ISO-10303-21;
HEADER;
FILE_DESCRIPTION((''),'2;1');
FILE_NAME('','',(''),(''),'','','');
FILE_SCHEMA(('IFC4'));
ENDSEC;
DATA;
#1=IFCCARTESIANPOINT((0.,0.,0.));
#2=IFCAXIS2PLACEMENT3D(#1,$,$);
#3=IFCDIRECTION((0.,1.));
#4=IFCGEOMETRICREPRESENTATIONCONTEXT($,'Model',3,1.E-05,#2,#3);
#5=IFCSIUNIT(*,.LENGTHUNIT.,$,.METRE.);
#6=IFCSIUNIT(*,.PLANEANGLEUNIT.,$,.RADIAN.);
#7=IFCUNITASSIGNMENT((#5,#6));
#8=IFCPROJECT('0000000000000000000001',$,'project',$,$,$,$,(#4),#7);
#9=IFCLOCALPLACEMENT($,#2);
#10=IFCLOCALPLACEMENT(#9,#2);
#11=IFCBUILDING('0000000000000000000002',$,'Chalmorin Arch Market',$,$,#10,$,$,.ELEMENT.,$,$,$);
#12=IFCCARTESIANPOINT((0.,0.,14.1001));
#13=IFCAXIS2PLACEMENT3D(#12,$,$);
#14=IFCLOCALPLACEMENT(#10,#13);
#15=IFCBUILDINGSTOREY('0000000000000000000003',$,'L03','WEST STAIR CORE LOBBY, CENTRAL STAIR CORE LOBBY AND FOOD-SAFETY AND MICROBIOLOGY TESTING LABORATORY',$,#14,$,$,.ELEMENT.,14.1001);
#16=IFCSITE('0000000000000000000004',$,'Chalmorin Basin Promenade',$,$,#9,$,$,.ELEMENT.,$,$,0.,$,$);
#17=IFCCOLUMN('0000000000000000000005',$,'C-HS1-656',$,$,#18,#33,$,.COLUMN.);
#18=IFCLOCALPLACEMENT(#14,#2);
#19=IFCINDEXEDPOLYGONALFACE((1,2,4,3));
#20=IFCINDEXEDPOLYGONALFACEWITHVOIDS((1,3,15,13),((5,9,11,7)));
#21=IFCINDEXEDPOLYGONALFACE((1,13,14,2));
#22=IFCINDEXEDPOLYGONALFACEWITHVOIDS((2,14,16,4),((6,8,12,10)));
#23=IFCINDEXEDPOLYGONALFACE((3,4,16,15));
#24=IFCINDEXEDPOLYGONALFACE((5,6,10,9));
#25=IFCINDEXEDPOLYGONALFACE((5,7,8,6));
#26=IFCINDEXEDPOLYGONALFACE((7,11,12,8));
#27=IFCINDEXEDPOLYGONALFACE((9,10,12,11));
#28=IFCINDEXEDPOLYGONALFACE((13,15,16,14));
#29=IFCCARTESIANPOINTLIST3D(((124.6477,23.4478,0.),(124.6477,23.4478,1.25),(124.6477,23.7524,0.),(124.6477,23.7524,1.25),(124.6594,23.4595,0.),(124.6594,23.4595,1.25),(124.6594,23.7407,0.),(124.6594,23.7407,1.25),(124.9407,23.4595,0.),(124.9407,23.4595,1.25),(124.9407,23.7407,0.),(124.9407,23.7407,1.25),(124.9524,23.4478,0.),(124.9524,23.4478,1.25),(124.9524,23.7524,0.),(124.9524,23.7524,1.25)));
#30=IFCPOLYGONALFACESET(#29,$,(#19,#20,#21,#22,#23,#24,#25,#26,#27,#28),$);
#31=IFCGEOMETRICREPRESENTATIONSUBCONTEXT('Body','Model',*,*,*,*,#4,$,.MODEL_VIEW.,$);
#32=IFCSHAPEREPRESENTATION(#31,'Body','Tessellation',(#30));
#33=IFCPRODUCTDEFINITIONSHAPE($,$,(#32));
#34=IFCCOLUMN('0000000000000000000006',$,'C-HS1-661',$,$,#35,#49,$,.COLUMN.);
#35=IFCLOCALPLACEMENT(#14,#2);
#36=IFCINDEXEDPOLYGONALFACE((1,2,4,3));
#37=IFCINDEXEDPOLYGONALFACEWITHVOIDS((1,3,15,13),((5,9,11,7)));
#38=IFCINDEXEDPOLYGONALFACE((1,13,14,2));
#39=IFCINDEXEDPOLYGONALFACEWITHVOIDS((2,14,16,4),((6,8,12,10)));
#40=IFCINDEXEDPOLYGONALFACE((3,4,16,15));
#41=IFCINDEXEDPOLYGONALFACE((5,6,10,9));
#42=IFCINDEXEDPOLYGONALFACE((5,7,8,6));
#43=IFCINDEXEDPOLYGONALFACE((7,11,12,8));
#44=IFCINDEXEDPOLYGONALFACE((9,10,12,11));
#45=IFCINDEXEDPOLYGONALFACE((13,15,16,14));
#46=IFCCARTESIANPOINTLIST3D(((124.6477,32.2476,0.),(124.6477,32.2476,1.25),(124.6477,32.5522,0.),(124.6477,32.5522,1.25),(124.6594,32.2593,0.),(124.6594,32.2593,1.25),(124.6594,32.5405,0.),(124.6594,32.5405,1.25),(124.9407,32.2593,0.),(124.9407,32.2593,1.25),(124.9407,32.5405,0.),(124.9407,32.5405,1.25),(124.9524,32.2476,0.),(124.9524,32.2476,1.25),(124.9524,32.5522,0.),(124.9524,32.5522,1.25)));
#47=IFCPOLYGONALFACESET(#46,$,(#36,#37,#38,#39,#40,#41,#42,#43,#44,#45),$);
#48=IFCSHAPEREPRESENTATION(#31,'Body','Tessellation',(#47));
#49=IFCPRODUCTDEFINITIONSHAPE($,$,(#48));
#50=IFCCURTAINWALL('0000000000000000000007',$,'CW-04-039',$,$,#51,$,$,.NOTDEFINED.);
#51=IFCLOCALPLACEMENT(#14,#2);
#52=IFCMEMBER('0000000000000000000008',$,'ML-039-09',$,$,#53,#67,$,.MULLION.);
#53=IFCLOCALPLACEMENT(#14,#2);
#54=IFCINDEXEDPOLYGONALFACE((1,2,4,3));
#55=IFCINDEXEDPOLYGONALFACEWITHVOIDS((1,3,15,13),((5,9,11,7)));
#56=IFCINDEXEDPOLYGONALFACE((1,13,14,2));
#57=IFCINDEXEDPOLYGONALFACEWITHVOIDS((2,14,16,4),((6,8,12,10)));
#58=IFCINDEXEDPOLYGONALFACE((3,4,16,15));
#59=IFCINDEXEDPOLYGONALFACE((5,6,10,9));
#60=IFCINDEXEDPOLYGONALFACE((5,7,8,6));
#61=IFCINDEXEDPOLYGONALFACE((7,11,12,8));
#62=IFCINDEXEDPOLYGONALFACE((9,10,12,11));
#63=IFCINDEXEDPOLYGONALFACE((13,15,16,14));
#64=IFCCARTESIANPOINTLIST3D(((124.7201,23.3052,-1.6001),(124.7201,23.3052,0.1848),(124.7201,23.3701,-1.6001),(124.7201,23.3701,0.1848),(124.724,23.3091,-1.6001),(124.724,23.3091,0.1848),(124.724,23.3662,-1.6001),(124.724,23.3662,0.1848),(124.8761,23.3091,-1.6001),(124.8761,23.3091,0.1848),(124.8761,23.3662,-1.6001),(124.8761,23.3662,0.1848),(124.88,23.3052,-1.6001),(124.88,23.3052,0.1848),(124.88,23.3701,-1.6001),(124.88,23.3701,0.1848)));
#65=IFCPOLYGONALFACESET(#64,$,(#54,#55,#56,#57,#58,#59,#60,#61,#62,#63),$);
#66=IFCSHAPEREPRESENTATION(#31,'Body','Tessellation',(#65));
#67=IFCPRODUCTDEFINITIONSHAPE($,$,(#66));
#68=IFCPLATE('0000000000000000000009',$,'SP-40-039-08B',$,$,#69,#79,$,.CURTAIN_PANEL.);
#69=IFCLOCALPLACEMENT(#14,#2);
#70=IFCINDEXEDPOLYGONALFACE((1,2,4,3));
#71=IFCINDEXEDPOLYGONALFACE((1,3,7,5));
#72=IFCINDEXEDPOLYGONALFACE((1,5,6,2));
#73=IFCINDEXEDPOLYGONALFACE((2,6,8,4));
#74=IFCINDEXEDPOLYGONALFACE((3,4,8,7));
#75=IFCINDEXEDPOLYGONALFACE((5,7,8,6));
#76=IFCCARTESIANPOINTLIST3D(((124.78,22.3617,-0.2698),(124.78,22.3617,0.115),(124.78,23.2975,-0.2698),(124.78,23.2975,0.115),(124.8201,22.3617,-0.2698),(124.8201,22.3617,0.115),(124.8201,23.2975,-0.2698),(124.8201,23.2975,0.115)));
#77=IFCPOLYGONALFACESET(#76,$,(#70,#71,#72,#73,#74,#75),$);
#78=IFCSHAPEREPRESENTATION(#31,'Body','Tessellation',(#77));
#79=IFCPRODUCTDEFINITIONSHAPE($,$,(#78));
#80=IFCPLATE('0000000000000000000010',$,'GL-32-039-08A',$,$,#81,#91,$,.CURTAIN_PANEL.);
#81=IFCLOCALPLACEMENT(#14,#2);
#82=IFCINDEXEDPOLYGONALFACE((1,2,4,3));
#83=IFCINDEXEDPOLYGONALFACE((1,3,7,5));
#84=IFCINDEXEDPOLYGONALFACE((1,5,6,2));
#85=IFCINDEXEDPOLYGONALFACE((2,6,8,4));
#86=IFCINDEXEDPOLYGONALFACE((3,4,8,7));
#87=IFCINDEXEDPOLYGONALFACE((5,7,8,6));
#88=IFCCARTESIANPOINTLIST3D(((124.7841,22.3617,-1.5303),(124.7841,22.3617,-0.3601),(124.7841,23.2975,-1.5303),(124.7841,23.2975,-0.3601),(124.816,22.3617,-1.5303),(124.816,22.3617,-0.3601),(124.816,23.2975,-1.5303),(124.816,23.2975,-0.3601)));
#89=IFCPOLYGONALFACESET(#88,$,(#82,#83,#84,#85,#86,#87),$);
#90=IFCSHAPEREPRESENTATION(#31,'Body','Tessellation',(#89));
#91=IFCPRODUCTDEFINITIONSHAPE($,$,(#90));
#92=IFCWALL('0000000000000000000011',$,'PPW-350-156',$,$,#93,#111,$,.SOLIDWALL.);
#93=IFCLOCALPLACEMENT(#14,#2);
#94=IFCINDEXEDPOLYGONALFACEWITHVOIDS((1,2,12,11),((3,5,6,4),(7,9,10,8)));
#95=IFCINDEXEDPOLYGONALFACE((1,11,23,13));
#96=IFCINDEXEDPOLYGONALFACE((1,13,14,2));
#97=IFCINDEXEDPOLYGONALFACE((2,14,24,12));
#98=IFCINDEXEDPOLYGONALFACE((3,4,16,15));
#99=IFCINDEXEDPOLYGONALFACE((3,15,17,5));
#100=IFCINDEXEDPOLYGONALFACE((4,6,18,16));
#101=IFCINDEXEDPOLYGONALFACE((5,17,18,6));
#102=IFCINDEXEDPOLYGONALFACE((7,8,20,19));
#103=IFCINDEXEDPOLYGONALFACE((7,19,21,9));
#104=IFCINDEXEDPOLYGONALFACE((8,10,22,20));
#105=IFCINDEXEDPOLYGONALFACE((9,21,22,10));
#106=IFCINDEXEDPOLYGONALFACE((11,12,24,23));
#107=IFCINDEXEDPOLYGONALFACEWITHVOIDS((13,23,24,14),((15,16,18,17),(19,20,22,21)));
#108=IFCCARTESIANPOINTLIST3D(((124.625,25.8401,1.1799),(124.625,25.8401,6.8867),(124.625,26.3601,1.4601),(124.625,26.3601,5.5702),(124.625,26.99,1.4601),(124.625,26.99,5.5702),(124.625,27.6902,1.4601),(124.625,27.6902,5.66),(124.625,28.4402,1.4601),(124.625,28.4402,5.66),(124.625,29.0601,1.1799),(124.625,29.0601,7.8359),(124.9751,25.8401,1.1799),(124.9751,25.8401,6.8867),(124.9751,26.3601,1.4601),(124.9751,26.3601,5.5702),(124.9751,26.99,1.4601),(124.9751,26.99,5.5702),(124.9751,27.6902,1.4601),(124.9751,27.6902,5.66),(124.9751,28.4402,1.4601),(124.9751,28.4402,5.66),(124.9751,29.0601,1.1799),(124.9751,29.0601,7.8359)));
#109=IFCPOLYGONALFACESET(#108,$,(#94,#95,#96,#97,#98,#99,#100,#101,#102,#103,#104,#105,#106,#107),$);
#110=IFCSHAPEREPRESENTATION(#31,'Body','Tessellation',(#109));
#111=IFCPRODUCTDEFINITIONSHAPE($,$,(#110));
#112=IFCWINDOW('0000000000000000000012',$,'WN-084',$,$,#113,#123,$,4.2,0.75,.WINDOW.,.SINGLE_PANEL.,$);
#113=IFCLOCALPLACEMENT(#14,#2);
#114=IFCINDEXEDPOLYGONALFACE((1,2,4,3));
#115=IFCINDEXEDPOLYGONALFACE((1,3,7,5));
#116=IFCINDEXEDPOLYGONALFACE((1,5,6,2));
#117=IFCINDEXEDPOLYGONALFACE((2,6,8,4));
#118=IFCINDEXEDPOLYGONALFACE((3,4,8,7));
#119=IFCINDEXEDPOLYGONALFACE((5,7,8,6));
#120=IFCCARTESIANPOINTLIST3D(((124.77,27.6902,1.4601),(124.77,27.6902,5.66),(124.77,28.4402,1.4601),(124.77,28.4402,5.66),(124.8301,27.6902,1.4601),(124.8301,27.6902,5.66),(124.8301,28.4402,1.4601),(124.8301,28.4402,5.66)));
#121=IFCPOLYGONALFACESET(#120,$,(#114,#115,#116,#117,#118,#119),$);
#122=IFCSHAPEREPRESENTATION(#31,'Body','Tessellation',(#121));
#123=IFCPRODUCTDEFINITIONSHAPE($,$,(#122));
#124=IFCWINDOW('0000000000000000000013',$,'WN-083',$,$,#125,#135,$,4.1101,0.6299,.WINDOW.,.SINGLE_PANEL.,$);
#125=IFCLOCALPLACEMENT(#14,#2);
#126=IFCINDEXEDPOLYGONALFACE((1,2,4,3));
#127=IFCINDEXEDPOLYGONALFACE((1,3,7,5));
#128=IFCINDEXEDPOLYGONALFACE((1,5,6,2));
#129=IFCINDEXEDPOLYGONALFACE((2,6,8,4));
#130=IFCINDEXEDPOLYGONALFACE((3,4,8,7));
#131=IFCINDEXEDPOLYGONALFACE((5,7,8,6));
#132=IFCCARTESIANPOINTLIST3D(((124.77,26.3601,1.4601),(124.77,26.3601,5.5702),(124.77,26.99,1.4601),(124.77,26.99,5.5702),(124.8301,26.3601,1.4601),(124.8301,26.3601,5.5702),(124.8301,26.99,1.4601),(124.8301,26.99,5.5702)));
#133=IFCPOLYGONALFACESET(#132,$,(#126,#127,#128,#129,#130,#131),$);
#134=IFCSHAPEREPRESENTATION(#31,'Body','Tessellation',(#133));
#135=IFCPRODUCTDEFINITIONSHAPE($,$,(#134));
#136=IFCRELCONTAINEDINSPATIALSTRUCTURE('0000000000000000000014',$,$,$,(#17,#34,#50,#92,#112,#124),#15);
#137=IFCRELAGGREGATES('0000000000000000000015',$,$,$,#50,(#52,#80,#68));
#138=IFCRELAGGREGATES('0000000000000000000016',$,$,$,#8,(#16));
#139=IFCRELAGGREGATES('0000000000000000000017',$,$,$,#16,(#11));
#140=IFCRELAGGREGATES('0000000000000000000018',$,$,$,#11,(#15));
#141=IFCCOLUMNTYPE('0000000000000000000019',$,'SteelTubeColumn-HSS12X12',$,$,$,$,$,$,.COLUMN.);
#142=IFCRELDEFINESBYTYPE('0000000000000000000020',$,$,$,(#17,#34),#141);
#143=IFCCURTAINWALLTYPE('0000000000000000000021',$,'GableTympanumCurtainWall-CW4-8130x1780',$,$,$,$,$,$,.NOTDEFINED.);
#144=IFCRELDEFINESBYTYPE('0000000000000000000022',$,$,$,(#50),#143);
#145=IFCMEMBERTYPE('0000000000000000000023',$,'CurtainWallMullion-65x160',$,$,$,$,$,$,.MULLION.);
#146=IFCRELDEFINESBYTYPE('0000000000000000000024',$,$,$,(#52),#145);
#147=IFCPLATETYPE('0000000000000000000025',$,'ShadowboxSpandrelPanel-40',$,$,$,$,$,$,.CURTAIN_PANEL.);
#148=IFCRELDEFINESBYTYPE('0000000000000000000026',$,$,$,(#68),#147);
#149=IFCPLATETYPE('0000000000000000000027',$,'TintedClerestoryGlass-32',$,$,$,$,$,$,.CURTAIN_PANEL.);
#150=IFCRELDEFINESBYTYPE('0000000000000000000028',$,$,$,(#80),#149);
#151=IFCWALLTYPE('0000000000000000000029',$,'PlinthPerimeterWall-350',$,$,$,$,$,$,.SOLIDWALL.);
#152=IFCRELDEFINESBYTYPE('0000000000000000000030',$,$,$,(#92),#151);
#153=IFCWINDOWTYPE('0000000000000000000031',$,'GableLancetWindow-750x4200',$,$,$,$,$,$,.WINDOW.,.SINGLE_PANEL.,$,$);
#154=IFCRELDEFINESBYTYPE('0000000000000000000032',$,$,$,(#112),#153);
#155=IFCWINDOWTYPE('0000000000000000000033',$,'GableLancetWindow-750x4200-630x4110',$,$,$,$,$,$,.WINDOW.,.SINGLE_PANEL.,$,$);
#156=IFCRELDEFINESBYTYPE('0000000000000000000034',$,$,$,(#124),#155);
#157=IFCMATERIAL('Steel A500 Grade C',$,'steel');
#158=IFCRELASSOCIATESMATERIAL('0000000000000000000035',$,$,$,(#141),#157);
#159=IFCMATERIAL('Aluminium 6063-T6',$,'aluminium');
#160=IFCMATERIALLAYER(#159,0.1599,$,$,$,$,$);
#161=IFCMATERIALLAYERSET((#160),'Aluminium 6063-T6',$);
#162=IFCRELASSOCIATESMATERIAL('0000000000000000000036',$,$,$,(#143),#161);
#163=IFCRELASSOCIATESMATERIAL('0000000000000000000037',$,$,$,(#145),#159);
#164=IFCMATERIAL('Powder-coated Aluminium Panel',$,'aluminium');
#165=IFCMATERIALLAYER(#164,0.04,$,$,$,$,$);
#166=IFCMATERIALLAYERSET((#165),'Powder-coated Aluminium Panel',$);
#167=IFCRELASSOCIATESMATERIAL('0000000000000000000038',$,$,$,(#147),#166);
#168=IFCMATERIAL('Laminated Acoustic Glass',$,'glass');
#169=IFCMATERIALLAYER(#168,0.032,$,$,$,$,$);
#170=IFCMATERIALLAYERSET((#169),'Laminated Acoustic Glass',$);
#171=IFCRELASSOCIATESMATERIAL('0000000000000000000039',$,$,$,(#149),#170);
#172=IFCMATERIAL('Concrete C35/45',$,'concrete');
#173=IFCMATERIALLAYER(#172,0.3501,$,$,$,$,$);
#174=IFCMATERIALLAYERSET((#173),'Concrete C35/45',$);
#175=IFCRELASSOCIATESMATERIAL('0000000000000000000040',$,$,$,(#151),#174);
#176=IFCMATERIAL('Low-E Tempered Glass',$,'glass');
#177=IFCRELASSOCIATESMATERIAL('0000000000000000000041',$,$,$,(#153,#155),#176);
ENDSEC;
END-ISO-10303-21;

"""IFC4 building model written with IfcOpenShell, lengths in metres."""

from ifc_helpers import new_model, si_unit, direction, frame, frame_2d, origin, origin_2d, place, context, subcontext, project, spatial, polyline, rectangle, hollow_rectangle, outline, extrude, material, layer, layer_set, material_profile, profile_set, type_object, element, fill, aggregate, save


model = new_model("IFC4")

# Units and contexts
model_context = context("Model", 3, precision=1e-05, world=origin(), true_north=direction((0.0, 1.0)))
body_context = subcontext(model_context, "Body", "Model", "MODEL_VIEW")
ifc_project = project(units=[si_unit("LENGTHUNIT", "METRE"), si_unit("PLANEANGLEUNIT", "RADIAN")], contexts=[model_context])

# Site, building, storey
site_placement = place(None, origin())
site = spatial("IfcSite", under=ifc_project, at=site_placement, Name="Chalmorin Basin Promenade", CompositionType="ELEMENT", RefElevation=0.0)
building_placement = place(site_placement, origin())
building = spatial("IfcBuilding", under=site, at=building_placement, Name="Chalmorin Arch Market", CompositionType="ELEMENT")
storey_placement = place(building_placement, frame((0.0, 0.0, 14.1001)))
storey = spatial("IfcBuildingStorey", under=building, at=storey_placement, Name="L03", Description="WEST STAIR CORE LOBBY, CENTRAL STAIR CORE LOBBY AND FOOD-SAFETY AND MICROBIOLOGY TESTING LABORATORY", CompositionType="ELEMENT", Elevation=14.1001)

# Columns
ifc_material_1 = material(Name="Steel A500 Grade C", Category="steel")
ifc_material_profile_1 = material_profile(ifc_material_1, hollow_rectangle(XDim=0.3047, YDim=0.3047, WallThickness=0.0117, at=origin_2d()), Name="HSS12X12X1/2")
ifc_profile_set_1 = profile_set([ifc_material_profile_1], Name="Steel A500 Grade C")
column_type = type_object("IfcColumnType", Name="SteelTubeColumn-HSS12X12", PredefinedType="COLUMN", material=ifc_profile_set_1)
for number, where, z_axis, x_axis, name in (
    (1, (124.8, 23.6001, 0.0), (0.0, 0.0, 1.0), (1.0, 0.0, 0.0), "C-HS1-656"),
    (2, (124.8, 32.3999, 0.0), (0.0, 0.0, 1.0), (1.0, 0.0, 0.0), "C-HS1-661"),
):
    element("IfcColumn", number, at=place(storey_placement, frame(where, z_axis=z_axis, x_axis=x_axis)), inside=storey, type_object=column_type, Name=name, PredefinedType="COLUMN", context=body_context, shape_type="SweptSolid", body=[
        extrude(hollow_rectangle(XDim=0.3047, YDim=0.3047, WallThickness=0.0117, at=origin_2d()), origin(), (0.0, 0.0, 1.0), 1.25),
    ])

# Curtain wall, member, plates
ifc_material_2 = material(Name="Aluminium 6063-T6", Category="aluminium")
ifc_layer_1 = layer(ifc_material_2, 0.1599)
ifc_layer_set_1 = layer_set([ifc_layer_1], Name="Aluminium 6063-T6")
curtain_wall_type = type_object("IfcCurtainWallType", Name="GableTympanumCurtainWall-CW4-8130x1780", PredefinedType="NOTDEFINED", material=ifc_layer_set_1)
curtain_wall_placement = place(storey_placement, origin())
curtain_wall = element("IfcCurtainWall", 3, at=curtain_wall_placement, inside=storey, type_object=curtain_wall_type, Name="CW-04-039", PredefinedType="NOTDEFINED")
ifc_material_profile_2 = material_profile(ifc_material_2, hollow_rectangle(XDim=0.0649, YDim=0.1599, WallThickness=0.0039, at=origin_2d()), Name="ALU65X160X4")
ifc_profile_set_2 = profile_set([ifc_material_profile_2], Name="Aluminium 6063-T6")
member_type = type_object("IfcMemberType", Name="CurtainWallMullion-65x160", PredefinedType="MULLION", material=ifc_profile_set_2)
member_placement = place(storey_placement, frame((124.8, 23.3376, -1.6001), z_axis=(0.0, 0.0, 1.0), x_axis=(0.0, 1.0, 0.0)))
member = element("IfcMember", 4, at=member_placement, type_object=member_type, Name="ML-039-09", PredefinedType="MULLION", context=body_context, shape_type="SweptSolid", body=[
    extrude(hollow_rectangle(XDim=0.0649, YDim=0.1599, WallThickness=0.0039, at=origin_2d()), origin(), (0.0, 0.0, 1.0), 1.7849),
])
ifc_material_3 = material(Name="Powder-coated Aluminium Panel", Category="aluminium")
ifc_layer_2 = layer(ifc_material_3, 0.04)
ifc_layer_set_2 = layer_set([ifc_layer_2], Name="Powder-coated Aluminium Panel")
plate_type_1 = type_object("IfcPlateType", Name="ShadowboxSpandrelPanel-40", PredefinedType="CURTAIN_PANEL", material=ifc_layer_set_2)
plate_1_placement = place(storey_placement, frame((124.8, 22.8296, -0.2698), z_axis=(0.0, 0.0, 1.0), x_axis=(0.0, 1.0, 0.0)))
plate_1 = element("IfcPlate", 5, at=plate_1_placement, type_object=plate_type_1, Name="SP-40-039-08B", PredefinedType="CURTAIN_PANEL", context=body_context, shape_type="SweptSolid", body=[
    extrude(rectangle(XDim=0.9358, YDim=0.04, at=origin_2d()), origin(), (0.0, 0.0, 1.0), 0.3848),
])
ifc_material_4 = material(Name="Laminated Acoustic Glass", Category="glass")
ifc_layer_3 = layer(ifc_material_4, 0.032)
ifc_layer_set_3 = layer_set([ifc_layer_3], Name="Laminated Acoustic Glass")
plate_type_2 = type_object("IfcPlateType", Name="TintedClerestoryGlass-32", PredefinedType="CURTAIN_PANEL", material=ifc_layer_set_3)
plate_2_placement = place(storey_placement, frame((124.8, 22.8296, -1.5303), z_axis=(0.0, 0.0, 1.0), x_axis=(0.0, 1.0, 0.0)))
plate_2 = element("IfcPlate", 6, at=plate_2_placement, type_object=plate_type_2, Name="GL-32-039-08A", PredefinedType="CURTAIN_PANEL", context=body_context, shape_type="SweptSolid", body=[
    extrude(rectangle(XDim=0.9358, YDim=0.032, at=origin_2d()), origin(), (0.0, 0.0, 1.0), 1.1702),
])
aggregate(curtain_wall, [member, plate_2, plate_1])

# Wall, openings, windows
ifc_material_5 = material(Name="Concrete C35/45", Category="concrete")
ifc_layer_4 = layer(ifc_material_5, 0.3501)
ifc_layer_set_4 = layer_set([ifc_layer_4], Name="Concrete C35/45")
wall_type = type_object("IfcWallType", Name="PlinthPerimeterWall-350", PredefinedType="SOLIDWALL", material=ifc_layer_set_4)
wall_1_placement = place(storey_placement, frame((124.8, 25.8401, 1.1799), z_axis=(0.0, 0.0, 1.0), x_axis=(0.0, 1.0, 0.0)))
wall_1 = element("IfcWall", 7, at=wall_1_placement, inside=storey, type_object=wall_type, Name="PPW-350-156", PredefinedType="SOLIDWALL", context=body_context, shape_type="SweptSolid", body=[
    extrude(outline(polyline([(0.0, 0.0), (3.22, 0.0), (3.22, 6.656), (0.0, 5.7068), (0.0, 0.0)])), frame((0.0, 0.175, 0.0), z_axis=(0.0, -1.0, 0.0), x_axis=(1.0, 0.0, 0.0)), (0.0, 0.0, 1.0), 0.3501),
])
opening_1_placement = place(wall_1_placement, frame((0.52, 0.0, 0.28)))
opening_1 = element("IfcOpeningElement", 8, at=opening_1_placement, cuts=wall_1, PredefinedType="OPENING", context=body_context, shape_type="SweptSolid", body=[
    extrude(rectangle(XDim=0.6299, YDim=4.1101, at=frame_2d((0.3149, 2.0552))), frame((0.0, 0.1851, 0.0), z_axis=(0.0, -1.0, 0.0), x_axis=(1.0, 0.0, 0.0)), (0.0, 0.0, 1.0), 0.3701),
])
opening_2_placement = place(wall_1_placement, frame((1.8501, 0.0, 0.28)))
opening_2 = element("IfcOpeningElement", 9, at=opening_2_placement, cuts=wall_1, PredefinedType="OPENING", context=body_context, shape_type="SweptSolid", body=[
    extrude(rectangle(XDim=0.75, YDim=4.2, at=frame_2d((0.375, 2.1001))), frame((0.0, 0.1851, 0.0), z_axis=(0.0, -1.0, 0.0), x_axis=(1.0, 0.0, 0.0)), (0.0, 0.0, 1.0), 0.3701),
])
ifc_material_6 = material(Name="Low-E Tempered Glass", Category="glass")
window_type_1 = type_object("IfcWindowType", Name="GableLancetWindow-750x4200", PartitioningType="SINGLE_PANEL", PredefinedType="WINDOW", material=ifc_material_6)
window_1_placement = place(opening_2_placement, origin())
window_1 = element("IfcWindow", 10, at=window_1_placement, inside=storey, type_object=window_type_1, Name="WN-084", OverallHeight=4.2, OverallWidth=0.75, PartitioningType="SINGLE_PANEL", PredefinedType="WINDOW", context=body_context, shape_type="SweptSolid", body=[
    extrude(rectangle(XDim=0.75, YDim=4.2, at=frame_2d((0.375, 2.1001))), frame((0.0, 0.03, 0.0), z_axis=(0.0, -1.0, 0.0), x_axis=(1.0, 0.0, 0.0)), (0.0, 0.0, 1.0), 0.0601),
])
fill(opening_2, window_1)
window_type_2 = type_object("IfcWindowType", Name="GableLancetWindow-750x4200-630x4110", PartitioningType="SINGLE_PANEL", PredefinedType="WINDOW", material=ifc_material_6)
window_2_placement = place(opening_1_placement, origin())
window_2 = element("IfcWindow", 11, at=window_2_placement, inside=storey, type_object=window_type_2, Name="WN-083", OverallHeight=4.1101, OverallWidth=0.6299, PartitioningType="SINGLE_PANEL", PredefinedType="WINDOW", context=body_context, shape_type="SweptSolid", body=[
    extrude(rectangle(XDim=0.6299, YDim=4.1101, at=frame_2d((0.3149, 2.0552))), frame((0.0, 0.03, 0.0), z_axis=(0.0, -1.0, 0.0), x_axis=(1.0, 0.0, 0.0)), (0.0, 0.0, 1.0), 0.0601),
])
fill(opening_1, window_2)

save(model, "model.ifc")
